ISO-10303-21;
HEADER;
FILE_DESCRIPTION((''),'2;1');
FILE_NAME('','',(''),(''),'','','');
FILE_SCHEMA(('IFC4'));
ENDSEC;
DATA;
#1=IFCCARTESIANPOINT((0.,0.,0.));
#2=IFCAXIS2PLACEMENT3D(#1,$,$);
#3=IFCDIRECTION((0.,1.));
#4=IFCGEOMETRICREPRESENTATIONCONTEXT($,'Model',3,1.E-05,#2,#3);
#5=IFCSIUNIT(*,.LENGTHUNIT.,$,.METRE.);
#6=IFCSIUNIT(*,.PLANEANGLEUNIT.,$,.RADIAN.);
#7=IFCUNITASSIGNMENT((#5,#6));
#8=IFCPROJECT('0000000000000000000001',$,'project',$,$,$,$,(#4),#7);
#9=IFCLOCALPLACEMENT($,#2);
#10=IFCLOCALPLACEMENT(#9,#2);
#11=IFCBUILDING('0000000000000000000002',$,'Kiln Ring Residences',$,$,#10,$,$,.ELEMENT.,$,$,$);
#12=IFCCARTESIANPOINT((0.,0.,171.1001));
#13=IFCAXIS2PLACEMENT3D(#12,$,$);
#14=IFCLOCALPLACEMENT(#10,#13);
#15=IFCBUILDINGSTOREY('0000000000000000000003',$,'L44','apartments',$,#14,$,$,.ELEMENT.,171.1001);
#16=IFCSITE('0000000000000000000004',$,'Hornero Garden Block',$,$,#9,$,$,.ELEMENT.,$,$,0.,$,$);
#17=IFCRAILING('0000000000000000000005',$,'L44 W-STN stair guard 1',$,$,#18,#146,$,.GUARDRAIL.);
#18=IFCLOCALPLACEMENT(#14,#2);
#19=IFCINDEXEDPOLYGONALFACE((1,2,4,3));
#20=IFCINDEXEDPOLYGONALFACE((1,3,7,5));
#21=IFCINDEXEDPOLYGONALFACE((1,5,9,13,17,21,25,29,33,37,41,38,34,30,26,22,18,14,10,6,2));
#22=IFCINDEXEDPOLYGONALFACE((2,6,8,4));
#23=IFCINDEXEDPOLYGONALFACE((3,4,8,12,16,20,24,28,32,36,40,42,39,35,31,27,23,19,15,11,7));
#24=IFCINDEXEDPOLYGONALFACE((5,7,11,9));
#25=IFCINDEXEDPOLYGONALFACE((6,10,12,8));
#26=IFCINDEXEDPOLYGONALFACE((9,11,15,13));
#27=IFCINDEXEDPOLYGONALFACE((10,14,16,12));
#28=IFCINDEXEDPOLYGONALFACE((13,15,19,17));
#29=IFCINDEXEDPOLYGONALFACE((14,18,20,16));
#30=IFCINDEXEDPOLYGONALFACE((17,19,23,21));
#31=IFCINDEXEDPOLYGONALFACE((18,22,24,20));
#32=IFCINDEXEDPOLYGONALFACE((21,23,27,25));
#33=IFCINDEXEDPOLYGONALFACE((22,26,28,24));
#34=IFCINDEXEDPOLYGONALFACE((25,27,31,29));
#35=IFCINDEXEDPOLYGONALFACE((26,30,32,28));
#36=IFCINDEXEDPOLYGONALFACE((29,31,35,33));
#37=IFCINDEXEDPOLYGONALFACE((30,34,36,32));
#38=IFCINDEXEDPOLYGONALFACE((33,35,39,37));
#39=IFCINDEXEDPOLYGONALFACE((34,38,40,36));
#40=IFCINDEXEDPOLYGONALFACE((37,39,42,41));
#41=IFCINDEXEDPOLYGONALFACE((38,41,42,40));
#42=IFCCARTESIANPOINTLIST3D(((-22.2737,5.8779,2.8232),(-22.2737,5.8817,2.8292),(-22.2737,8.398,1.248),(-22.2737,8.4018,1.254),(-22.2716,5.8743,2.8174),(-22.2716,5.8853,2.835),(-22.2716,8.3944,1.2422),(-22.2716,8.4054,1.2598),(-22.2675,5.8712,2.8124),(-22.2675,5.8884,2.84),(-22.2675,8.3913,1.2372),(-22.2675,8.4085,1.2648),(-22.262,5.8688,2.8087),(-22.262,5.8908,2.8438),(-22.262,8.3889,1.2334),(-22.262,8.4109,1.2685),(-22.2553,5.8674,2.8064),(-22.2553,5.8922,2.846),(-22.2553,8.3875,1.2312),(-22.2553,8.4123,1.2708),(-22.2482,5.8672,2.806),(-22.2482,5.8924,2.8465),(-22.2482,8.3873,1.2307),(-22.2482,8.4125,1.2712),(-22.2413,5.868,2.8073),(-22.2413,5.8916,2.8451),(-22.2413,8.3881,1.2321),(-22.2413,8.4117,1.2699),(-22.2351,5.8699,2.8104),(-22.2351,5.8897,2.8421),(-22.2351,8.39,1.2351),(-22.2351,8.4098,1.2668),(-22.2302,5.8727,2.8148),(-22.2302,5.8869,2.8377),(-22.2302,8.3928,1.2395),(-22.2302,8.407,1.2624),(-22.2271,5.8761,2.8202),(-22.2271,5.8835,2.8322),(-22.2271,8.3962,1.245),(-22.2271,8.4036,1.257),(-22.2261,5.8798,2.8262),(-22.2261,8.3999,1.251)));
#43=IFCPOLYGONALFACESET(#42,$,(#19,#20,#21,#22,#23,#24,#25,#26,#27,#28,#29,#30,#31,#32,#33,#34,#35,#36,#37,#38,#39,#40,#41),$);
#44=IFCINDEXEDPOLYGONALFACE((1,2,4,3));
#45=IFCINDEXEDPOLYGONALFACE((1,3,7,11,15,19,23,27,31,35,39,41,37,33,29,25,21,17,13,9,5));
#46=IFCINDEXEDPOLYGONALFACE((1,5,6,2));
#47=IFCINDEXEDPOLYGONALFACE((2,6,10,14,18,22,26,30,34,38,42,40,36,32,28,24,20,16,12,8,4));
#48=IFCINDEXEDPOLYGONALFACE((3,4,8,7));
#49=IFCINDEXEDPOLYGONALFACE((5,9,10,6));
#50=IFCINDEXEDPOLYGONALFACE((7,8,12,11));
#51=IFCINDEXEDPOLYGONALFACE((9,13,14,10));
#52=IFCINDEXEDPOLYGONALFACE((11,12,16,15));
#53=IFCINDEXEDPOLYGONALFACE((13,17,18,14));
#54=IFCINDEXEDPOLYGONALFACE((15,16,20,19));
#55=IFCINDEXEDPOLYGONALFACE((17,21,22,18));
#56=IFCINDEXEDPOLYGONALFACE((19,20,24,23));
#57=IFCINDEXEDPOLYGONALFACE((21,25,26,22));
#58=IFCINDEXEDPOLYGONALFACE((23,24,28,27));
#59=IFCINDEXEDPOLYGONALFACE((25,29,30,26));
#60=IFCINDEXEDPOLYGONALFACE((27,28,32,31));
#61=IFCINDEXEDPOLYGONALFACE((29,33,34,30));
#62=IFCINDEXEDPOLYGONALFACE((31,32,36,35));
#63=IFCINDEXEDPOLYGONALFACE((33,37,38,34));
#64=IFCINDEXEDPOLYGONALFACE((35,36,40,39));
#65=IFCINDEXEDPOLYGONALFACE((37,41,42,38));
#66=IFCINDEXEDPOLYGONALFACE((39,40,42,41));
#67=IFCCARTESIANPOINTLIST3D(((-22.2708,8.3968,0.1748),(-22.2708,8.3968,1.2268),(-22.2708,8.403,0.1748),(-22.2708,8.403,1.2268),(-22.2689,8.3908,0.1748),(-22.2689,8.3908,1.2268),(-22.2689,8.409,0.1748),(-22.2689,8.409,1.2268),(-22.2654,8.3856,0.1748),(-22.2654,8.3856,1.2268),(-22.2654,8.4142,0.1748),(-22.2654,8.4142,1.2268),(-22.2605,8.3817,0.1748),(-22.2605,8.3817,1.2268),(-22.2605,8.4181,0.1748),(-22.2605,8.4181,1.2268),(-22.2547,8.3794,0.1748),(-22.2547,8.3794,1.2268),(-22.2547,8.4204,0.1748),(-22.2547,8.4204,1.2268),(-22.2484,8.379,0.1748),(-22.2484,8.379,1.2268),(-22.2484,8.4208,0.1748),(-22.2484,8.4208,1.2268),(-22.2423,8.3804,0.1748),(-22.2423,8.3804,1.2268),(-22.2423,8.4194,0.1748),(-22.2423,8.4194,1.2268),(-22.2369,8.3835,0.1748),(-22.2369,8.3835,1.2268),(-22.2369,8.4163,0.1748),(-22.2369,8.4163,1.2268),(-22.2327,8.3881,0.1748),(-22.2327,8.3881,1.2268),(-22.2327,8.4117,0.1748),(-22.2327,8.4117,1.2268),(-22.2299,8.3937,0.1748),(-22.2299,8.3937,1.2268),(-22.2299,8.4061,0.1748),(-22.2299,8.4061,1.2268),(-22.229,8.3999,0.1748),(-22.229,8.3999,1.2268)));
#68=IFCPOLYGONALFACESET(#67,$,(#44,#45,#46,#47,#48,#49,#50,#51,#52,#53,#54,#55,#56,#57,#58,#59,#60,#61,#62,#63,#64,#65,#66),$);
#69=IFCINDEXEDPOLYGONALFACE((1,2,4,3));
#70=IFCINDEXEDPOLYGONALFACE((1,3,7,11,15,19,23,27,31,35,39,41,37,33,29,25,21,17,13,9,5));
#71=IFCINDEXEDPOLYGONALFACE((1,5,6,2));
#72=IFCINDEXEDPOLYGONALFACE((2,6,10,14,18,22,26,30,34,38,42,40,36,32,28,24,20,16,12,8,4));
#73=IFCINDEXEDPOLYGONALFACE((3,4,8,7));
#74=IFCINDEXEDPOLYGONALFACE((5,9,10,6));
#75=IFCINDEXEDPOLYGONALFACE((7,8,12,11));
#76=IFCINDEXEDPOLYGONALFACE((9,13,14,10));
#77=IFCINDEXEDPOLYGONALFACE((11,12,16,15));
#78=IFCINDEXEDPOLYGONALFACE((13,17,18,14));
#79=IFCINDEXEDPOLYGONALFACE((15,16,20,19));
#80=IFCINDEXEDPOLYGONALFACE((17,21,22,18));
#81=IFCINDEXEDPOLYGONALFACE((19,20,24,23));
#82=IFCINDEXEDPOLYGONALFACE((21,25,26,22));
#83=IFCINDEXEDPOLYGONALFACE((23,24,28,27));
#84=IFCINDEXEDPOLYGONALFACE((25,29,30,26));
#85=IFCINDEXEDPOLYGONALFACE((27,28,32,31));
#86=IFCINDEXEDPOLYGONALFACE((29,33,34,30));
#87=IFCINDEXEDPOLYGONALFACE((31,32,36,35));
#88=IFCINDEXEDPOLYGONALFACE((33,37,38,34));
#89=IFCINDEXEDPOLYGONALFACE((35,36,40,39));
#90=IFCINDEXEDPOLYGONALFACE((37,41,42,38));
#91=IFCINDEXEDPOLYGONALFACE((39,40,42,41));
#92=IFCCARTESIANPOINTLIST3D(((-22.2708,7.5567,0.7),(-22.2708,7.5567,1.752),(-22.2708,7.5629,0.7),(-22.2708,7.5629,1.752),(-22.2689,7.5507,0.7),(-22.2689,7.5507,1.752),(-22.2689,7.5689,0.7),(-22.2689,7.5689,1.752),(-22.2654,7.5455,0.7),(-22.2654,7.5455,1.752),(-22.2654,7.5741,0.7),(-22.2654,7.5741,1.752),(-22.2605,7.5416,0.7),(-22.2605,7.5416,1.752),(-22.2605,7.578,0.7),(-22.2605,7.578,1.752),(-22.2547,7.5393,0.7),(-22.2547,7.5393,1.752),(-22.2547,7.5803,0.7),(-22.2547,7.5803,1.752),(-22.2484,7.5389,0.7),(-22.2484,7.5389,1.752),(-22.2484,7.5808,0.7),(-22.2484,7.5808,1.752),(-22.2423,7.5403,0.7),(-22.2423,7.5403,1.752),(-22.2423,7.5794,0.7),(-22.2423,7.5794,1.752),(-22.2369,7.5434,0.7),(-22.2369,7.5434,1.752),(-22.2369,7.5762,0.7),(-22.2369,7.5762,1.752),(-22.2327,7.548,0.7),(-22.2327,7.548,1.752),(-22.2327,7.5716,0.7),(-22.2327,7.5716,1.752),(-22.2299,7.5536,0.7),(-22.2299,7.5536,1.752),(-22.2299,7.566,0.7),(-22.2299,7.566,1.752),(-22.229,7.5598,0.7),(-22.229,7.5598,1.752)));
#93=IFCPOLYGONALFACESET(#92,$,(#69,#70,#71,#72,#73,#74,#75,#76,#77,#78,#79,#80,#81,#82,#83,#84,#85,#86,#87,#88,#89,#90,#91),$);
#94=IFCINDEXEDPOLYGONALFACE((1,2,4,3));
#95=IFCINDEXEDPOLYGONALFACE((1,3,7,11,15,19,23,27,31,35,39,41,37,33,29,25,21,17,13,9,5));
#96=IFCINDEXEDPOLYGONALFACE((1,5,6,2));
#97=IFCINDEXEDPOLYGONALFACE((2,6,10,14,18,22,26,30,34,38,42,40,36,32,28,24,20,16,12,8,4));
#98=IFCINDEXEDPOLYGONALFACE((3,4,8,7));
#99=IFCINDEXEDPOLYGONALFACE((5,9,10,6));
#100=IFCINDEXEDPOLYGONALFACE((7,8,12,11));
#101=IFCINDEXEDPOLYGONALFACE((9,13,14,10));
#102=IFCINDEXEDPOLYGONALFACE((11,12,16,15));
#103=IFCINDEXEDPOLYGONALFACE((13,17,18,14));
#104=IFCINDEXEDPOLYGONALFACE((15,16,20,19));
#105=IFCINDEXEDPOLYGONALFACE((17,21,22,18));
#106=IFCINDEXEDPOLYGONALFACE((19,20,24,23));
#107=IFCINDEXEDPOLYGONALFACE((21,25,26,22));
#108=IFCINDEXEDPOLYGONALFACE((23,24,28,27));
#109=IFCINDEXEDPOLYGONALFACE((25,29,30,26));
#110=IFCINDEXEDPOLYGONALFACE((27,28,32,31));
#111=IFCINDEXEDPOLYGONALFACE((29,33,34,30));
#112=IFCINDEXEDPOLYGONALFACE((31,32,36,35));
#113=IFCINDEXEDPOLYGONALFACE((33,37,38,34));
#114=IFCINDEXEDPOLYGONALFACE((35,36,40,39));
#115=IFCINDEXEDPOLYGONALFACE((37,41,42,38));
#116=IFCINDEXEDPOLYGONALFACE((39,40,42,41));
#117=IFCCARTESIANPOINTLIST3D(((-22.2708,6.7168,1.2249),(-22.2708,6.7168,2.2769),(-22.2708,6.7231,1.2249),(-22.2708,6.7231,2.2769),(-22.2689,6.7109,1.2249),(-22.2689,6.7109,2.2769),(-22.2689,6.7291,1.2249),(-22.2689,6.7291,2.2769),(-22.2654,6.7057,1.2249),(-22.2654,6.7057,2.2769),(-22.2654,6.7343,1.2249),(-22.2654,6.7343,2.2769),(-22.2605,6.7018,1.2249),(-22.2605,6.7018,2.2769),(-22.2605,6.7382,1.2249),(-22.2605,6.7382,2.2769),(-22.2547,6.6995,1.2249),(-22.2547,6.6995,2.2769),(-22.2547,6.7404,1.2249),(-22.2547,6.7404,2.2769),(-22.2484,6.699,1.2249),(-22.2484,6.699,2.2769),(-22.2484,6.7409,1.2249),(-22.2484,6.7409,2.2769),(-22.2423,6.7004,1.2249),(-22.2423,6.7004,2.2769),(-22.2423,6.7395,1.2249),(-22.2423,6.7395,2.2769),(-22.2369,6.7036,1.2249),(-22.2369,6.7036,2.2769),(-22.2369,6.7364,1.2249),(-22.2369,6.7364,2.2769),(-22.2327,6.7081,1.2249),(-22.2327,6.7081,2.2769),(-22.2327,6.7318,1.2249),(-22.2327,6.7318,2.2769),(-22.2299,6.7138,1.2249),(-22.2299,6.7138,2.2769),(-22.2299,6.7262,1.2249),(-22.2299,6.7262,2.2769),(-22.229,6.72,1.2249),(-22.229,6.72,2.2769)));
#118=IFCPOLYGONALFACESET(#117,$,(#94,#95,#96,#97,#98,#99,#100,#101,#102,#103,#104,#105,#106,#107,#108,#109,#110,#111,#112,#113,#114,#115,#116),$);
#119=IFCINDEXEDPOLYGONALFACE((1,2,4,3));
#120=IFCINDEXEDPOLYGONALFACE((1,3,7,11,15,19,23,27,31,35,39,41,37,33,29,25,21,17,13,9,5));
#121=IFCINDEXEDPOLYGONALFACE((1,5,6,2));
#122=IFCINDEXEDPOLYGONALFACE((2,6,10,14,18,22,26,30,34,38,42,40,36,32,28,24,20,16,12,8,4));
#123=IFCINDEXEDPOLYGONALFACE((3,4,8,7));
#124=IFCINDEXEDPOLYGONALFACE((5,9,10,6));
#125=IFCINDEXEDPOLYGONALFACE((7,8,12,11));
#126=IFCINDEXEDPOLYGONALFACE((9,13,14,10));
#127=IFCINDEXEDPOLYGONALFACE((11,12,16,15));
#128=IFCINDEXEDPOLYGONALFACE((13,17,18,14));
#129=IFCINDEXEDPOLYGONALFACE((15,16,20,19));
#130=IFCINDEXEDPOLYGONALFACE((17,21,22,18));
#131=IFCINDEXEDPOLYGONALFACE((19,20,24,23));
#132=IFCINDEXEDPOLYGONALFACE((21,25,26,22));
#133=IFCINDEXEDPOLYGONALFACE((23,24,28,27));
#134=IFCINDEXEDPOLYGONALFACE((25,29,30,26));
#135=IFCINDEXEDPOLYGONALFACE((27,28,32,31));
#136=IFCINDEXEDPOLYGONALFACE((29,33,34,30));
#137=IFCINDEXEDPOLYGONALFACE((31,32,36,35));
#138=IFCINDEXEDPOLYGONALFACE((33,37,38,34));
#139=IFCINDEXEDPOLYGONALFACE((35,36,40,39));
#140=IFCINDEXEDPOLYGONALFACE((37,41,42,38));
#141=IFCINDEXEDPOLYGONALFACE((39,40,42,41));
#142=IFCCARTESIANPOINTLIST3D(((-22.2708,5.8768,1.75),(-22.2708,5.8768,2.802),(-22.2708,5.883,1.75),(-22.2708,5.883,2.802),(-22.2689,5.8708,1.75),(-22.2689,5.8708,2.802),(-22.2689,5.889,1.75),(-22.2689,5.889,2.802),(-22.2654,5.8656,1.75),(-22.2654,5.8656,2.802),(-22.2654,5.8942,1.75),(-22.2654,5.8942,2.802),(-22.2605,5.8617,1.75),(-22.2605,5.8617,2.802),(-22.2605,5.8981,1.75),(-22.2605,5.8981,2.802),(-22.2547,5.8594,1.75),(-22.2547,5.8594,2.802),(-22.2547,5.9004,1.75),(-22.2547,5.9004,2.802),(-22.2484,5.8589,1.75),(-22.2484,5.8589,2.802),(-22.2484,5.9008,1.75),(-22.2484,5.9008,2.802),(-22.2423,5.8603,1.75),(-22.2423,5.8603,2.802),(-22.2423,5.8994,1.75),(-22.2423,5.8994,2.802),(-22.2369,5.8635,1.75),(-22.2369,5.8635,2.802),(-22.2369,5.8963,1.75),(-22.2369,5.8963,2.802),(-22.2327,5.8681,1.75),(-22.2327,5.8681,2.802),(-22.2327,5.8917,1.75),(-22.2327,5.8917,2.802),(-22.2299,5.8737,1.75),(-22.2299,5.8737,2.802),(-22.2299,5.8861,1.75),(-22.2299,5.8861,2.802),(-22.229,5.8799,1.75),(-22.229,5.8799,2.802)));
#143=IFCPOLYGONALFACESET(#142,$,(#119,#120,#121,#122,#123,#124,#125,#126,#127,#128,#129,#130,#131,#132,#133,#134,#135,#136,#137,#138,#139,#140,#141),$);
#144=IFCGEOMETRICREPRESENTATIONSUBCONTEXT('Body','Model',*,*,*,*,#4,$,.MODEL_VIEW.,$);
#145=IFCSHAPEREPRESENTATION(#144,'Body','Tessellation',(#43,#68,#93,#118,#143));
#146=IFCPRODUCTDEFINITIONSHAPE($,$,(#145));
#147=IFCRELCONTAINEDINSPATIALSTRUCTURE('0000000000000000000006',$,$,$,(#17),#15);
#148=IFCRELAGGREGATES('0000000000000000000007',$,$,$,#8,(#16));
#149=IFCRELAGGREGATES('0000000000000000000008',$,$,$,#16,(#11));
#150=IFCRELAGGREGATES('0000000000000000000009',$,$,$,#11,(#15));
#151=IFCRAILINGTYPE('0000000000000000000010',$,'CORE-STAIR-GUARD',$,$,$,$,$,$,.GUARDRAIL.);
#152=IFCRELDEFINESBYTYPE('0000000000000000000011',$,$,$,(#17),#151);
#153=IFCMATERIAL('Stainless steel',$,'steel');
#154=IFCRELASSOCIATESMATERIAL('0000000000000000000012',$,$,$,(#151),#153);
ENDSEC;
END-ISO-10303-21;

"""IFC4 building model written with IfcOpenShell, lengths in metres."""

from ifc_helpers import new_model, si_unit, direction, frame, origin, origin_2d, place, context, subcontext, project, spatial, circle, extrude, material, type_object, element, save


model = new_model("IFC4")

# Units and contexts
model_context = context("Model", 3, precision=1e-05, world=origin(), true_north=direction((0.0, 1.0)))
body_context = subcontext(model_context, "Body", "Model", "MODEL_VIEW")
ifc_project = project(units=[si_unit("LENGTHUNIT", "METRE"), si_unit("PLANEANGLEUNIT", "RADIAN")], contexts=[model_context])

# Site, building, storey
site_placement = place(None, origin())
site = spatial("IfcSite", under=ifc_project, at=site_placement, Name="Hornero Garden Block", CompositionType="ELEMENT", RefElevation=0.0)
building_placement = place(site_placement, origin())
building = spatial("IfcBuilding", under=site, at=building_placement, Name="Kiln Ring Residences", CompositionType="ELEMENT")
storey_placement = place(building_placement, frame((0.0, 0.0, 171.1001)))
storey = spatial("IfcBuildingStorey", under=building, at=storey_placement, Name="L44", Description="apartments", CompositionType="ELEMENT", Elevation=171.1001)

# Railing
ifc_material_1 = material(Name="Stainless steel", Category="steel")
railing_type_1 = type_object("IfcRailingType", Name="CORE-STAIR-GUARD", PredefinedType="GUARDRAIL", material=ifc_material_1)
railing_1_placement = place(storey_placement, frame((-22.25, 8.3999, 0.1748)))
element("IfcRailing", 1, at=railing_1_placement, inside=storey, type_object=railing_type_1, Name="L44 W-STN stair guard 1", PredefinedType="GUARDRAIL", context=body_context, shape_type="SweptSolid", body=[
    extrude(circle(Radius=0.0239, at=origin_2d()), frame((0.0, 0.0, 1.0762), z_axis=(0.0, -0.847971, 0.530043), x_axis=(1.0, 0.0, 0.0)), (0.0, 0.0, 1.0), 2.9719),
    extrude(circle(Radius=0.021, at=origin_2d()), origin(), (0.0, 0.0, 1.0), 1.052),
    extrude(circle(Radius=0.021, at=origin_2d()), frame((0.0, -0.8401, 0.5251)), (0.0, 0.0, 1.0), 1.052),
    extrude(circle(Radius=0.021, at=origin_2d()), frame((0.0, -1.6799, 1.05)), (0.0, 0.0, 1.0), 1.052),
    extrude(circle(Radius=0.021, at=origin_2d()), frame((0.0, -2.52, 1.5752)), (0.0, 0.0, 1.0), 1.052),
])

save(model, "model.ifc")
